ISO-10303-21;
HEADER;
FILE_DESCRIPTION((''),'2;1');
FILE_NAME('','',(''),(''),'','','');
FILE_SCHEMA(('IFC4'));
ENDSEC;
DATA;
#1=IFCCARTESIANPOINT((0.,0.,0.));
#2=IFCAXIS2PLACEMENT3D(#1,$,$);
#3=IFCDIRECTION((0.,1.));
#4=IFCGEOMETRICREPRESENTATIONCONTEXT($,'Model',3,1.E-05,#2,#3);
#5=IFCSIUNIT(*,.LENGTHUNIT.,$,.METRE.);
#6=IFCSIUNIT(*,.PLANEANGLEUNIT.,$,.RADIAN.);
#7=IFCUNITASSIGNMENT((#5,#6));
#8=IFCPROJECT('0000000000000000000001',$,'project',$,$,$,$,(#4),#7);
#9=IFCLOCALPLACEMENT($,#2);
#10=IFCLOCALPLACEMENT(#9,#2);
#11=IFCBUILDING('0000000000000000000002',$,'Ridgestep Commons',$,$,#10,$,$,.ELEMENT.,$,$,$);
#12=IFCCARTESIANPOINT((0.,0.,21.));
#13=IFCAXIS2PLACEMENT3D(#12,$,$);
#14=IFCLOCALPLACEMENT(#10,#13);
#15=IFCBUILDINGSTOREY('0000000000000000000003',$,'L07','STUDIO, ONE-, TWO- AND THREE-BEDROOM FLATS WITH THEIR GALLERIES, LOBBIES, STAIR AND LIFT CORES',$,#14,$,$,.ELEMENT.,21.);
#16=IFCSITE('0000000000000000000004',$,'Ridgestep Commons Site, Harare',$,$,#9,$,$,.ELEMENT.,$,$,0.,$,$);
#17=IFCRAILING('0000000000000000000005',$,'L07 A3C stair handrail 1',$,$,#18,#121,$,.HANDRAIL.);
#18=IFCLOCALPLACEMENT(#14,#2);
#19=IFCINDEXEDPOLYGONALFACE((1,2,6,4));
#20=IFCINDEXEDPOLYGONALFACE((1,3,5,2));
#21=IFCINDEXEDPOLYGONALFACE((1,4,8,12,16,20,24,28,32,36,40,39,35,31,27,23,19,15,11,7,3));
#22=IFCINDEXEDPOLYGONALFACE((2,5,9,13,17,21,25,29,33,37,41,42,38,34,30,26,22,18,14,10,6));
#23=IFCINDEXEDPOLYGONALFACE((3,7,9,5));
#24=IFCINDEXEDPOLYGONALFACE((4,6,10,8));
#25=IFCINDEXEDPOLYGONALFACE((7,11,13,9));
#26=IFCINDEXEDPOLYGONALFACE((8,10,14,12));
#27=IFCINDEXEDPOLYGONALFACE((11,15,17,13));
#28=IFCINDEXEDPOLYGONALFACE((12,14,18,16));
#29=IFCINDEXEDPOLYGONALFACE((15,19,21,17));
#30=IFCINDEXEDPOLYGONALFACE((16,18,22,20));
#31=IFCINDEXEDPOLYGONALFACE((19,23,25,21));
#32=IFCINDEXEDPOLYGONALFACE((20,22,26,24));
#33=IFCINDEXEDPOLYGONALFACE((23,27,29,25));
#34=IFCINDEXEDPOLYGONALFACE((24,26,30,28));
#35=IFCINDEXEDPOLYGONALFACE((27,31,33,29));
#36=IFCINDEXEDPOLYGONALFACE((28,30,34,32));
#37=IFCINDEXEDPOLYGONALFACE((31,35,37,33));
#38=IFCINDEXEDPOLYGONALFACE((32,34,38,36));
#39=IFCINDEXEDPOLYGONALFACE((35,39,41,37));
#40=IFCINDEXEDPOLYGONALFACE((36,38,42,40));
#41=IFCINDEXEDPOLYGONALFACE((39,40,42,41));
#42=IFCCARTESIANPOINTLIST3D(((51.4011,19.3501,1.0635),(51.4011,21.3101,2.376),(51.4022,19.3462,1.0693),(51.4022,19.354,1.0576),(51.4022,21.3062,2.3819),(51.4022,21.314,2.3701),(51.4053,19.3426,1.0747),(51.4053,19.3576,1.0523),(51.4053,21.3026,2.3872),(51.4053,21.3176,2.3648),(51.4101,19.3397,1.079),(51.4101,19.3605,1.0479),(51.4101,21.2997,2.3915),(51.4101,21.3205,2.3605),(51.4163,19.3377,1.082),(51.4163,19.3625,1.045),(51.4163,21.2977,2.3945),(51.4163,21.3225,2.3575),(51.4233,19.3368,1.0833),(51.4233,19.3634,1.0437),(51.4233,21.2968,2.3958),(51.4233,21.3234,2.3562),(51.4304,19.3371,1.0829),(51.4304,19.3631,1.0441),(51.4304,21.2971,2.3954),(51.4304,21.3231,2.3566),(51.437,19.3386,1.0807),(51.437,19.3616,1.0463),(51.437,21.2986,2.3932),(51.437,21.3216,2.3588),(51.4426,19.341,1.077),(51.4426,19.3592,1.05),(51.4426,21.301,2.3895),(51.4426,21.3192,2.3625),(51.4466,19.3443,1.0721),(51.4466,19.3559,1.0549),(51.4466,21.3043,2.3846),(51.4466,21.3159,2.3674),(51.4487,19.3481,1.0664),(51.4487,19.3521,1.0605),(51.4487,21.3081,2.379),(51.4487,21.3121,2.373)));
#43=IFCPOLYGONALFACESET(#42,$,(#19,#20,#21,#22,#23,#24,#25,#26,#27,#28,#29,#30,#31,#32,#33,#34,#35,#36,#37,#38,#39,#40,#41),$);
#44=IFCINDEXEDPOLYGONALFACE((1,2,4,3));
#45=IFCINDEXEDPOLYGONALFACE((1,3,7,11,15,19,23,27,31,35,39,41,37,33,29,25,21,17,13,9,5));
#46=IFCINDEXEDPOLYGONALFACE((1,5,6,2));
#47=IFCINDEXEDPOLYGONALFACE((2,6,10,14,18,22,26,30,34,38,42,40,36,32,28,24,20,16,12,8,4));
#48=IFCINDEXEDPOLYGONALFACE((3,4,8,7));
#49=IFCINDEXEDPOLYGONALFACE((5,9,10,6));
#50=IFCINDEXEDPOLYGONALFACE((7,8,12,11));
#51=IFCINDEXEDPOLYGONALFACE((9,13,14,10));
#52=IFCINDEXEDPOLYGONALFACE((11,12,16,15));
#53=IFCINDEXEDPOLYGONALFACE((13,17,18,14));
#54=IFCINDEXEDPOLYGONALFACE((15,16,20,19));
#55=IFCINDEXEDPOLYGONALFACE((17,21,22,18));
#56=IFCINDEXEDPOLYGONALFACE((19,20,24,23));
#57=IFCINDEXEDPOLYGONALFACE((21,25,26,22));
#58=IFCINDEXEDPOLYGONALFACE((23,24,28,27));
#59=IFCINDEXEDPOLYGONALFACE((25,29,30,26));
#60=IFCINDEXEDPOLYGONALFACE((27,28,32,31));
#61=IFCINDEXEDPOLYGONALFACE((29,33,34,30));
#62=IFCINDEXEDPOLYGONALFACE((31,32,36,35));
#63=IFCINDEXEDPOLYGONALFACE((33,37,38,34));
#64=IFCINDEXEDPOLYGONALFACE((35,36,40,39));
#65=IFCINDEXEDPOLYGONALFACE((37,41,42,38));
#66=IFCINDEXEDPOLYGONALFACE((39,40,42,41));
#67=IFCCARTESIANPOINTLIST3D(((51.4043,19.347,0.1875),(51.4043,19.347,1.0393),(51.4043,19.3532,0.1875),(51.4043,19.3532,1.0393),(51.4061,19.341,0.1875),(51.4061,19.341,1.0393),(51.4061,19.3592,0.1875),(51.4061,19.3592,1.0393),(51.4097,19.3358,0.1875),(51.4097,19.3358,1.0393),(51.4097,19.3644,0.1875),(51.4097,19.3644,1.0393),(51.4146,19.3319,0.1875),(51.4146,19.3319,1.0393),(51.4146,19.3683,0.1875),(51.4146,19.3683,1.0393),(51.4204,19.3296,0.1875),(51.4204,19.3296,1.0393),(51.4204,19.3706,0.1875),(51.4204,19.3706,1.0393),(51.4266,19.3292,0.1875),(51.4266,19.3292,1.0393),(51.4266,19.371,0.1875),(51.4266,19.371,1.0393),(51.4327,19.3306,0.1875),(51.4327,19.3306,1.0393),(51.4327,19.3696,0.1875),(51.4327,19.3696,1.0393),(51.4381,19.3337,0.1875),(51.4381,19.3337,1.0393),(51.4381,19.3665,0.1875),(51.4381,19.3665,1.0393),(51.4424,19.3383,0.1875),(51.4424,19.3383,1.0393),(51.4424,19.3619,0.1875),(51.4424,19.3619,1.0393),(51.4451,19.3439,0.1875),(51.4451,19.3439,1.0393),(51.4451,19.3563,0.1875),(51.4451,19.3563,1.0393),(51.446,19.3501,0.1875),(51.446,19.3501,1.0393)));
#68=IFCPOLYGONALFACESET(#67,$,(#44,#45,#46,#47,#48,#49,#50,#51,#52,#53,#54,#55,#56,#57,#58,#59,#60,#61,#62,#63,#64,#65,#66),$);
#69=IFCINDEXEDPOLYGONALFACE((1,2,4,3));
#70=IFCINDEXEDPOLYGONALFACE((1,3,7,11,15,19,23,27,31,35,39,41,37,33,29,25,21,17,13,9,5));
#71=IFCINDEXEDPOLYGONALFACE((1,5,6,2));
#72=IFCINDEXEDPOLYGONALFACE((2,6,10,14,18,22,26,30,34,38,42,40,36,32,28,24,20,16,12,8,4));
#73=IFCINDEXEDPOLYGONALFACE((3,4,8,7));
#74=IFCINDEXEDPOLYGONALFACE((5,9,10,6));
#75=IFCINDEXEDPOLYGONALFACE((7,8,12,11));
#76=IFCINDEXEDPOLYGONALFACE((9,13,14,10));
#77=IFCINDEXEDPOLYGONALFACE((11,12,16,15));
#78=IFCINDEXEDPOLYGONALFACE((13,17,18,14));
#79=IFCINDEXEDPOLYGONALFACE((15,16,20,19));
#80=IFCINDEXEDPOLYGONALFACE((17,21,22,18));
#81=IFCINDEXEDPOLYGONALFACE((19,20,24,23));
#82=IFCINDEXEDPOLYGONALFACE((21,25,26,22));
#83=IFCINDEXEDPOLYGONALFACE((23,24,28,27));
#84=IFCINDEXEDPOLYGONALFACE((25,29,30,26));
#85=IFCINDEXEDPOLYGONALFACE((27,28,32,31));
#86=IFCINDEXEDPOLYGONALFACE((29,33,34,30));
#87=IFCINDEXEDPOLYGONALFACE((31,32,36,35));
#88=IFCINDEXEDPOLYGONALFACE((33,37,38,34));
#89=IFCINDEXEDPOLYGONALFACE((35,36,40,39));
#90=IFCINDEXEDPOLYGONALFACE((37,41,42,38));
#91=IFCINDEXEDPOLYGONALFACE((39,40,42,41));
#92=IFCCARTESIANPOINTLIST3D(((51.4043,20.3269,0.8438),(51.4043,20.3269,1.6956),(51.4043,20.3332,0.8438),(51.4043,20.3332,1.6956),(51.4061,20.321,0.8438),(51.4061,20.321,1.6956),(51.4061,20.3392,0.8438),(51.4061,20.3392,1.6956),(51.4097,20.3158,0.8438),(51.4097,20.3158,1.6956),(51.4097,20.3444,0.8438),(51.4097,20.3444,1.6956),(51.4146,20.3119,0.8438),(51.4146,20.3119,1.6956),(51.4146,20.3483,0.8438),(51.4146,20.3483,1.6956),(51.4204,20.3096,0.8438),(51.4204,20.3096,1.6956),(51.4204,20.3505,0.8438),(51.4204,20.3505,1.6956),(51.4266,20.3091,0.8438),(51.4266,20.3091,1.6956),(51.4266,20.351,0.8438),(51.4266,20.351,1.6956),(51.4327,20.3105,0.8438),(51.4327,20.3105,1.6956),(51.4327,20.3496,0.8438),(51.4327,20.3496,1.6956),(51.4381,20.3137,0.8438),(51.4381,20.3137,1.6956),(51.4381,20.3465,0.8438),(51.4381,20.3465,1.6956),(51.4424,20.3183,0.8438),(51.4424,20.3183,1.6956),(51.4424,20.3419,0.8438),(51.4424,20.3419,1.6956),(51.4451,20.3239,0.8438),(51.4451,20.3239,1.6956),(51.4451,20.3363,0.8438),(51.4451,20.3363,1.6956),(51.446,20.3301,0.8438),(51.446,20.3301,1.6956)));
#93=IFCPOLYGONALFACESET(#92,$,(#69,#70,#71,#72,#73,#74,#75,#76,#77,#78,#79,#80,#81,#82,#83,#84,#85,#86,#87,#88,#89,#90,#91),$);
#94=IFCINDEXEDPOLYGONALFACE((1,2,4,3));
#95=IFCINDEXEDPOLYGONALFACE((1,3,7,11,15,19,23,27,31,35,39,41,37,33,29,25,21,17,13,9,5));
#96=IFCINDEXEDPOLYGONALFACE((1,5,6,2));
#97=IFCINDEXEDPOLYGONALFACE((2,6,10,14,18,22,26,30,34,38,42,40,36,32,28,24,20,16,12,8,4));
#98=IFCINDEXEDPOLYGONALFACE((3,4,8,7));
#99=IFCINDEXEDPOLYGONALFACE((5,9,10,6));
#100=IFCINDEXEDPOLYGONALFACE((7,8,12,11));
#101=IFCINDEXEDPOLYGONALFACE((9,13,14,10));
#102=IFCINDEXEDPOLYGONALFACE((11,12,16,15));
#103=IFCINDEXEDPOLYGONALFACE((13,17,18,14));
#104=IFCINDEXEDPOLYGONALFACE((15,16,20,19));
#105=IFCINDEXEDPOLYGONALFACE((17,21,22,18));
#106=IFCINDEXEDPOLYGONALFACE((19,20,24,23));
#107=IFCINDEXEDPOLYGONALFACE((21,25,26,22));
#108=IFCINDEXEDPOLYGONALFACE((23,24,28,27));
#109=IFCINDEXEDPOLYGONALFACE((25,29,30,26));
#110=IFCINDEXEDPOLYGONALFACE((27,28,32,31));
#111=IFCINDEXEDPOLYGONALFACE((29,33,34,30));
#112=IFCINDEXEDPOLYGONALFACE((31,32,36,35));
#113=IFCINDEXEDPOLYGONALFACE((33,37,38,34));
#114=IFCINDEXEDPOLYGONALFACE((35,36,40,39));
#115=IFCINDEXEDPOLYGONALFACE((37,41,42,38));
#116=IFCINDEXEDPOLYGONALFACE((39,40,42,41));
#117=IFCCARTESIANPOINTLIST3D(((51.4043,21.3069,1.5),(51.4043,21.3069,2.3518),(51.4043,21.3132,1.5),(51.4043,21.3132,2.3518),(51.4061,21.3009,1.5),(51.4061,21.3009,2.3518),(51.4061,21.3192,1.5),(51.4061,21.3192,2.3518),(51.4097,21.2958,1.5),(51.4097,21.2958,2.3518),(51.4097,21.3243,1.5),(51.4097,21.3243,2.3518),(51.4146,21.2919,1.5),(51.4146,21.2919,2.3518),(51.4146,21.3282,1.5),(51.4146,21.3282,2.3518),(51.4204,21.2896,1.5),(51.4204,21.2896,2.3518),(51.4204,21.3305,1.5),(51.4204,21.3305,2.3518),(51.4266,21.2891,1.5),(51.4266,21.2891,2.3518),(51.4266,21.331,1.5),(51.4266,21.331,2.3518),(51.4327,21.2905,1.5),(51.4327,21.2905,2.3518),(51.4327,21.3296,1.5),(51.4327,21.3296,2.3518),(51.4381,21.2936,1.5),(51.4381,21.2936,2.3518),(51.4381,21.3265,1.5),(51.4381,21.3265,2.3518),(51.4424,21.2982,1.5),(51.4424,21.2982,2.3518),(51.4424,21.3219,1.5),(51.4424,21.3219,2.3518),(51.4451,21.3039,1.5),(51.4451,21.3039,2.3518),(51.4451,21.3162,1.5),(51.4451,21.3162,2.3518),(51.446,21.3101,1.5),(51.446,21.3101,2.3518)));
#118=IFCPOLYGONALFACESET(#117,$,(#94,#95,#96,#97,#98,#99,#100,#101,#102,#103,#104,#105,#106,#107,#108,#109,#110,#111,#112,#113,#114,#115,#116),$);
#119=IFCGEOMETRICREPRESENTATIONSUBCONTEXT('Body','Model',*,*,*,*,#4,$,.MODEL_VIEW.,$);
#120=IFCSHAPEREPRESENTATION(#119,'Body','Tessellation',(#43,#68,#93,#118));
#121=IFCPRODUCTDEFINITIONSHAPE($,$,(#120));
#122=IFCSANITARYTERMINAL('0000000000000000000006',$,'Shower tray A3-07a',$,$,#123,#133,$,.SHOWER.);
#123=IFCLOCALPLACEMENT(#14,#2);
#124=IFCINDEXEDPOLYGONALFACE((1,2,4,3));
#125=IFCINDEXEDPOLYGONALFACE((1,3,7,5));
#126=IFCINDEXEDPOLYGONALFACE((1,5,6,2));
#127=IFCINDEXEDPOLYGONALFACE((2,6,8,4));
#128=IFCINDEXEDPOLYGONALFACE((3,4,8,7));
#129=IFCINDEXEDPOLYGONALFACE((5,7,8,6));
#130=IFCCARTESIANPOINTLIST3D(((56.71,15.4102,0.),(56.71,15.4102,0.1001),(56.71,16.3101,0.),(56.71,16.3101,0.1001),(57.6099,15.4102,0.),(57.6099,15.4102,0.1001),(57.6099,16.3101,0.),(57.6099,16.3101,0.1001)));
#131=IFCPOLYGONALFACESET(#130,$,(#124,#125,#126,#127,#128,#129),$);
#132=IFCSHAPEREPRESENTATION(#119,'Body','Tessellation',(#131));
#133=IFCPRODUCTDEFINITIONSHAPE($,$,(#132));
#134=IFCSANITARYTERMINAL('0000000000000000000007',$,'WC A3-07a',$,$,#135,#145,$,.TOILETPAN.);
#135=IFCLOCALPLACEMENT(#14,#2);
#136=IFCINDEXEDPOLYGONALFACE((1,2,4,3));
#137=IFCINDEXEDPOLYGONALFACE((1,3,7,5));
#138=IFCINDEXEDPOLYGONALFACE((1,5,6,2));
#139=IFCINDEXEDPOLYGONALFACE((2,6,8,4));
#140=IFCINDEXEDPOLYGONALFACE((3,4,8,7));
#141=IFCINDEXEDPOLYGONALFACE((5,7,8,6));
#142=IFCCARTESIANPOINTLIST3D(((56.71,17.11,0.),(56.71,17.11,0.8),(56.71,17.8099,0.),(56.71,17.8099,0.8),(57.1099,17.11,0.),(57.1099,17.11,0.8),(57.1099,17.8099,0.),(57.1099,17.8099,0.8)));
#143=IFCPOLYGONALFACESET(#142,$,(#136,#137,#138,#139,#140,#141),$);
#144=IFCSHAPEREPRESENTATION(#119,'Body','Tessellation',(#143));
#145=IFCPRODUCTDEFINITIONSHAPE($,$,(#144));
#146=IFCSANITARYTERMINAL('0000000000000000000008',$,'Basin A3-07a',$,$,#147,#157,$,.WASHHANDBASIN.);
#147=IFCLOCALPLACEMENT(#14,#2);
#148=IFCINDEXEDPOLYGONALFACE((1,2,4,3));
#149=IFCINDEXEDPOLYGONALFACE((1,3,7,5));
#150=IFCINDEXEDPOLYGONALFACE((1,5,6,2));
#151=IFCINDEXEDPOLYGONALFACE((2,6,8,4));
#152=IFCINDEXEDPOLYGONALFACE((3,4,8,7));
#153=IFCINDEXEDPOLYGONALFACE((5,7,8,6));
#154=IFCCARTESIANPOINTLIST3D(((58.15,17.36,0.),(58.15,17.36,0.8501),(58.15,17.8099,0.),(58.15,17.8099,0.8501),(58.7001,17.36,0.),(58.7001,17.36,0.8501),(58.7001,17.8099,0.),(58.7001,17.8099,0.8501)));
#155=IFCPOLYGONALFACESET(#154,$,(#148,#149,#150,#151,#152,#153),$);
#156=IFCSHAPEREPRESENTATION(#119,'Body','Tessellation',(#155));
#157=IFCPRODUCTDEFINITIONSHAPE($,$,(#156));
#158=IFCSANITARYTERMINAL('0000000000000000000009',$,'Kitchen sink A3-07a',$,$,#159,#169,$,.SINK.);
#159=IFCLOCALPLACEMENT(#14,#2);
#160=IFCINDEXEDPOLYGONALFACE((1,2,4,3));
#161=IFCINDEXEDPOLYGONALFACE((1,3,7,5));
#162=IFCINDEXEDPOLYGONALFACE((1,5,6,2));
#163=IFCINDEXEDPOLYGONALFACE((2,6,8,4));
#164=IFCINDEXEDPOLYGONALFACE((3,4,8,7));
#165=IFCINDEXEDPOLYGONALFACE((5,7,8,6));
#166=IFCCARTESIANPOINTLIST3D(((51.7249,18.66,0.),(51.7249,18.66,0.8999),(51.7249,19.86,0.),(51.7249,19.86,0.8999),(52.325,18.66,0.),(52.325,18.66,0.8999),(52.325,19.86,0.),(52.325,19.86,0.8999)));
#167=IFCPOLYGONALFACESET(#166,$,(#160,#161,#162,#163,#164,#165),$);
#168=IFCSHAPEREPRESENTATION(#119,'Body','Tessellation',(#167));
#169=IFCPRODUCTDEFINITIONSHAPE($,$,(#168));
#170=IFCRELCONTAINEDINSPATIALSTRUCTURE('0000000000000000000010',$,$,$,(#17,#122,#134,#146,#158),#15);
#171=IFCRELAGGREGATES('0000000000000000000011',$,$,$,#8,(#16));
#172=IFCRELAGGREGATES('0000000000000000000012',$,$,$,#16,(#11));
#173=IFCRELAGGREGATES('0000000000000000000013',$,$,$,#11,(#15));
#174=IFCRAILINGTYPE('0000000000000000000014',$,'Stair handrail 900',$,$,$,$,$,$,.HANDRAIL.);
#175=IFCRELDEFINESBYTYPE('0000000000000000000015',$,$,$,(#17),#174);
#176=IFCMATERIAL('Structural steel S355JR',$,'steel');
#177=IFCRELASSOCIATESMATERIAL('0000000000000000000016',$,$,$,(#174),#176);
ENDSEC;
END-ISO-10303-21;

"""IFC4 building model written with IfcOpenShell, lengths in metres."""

from ifc_helpers import new_model, si_unit, direction, frame, origin, origin_2d, place, context, subcontext, project, spatial, rectangle, circle, extrude, material, type_object, element, save


model = new_model("IFC4")

# Units and contexts
model_context = context("Model", 3, precision=1e-05, world=origin(), true_north=direction((0.0, 1.0)))
body_context = subcontext(model_context, "Body", "Model", "MODEL_VIEW")
ifc_project = project(units=[si_unit("LENGTHUNIT", "METRE"), si_unit("PLANEANGLEUNIT", "RADIAN")], contexts=[model_context])

# Site, building, storey
site_placement = place(None, origin())
site = spatial("IfcSite", under=ifc_project, at=site_placement, Name="Ridgestep Commons Site, Harare", CompositionType="ELEMENT", RefElevation=0.0)
building_placement = place(site_placement, origin())
building = spatial("IfcBuilding", under=site, at=building_placement, Name="Ridgestep Commons", CompositionType="ELEMENT")
storey_placement = place(building_placement, frame((0.0, 0.0, 21.0)))
storey = spatial("IfcBuildingStorey", under=building, at=storey_placement, Name="L07", Description="STUDIO, ONE-, TWO- AND THREE-BEDROOM FLATS WITH THEIR GALLERIES, LOBBIES, STAIR AND LIFT CORES", CompositionType="ELEMENT", Elevation=21.0)

# Railing
ifc_material_1 = material(Name="Structural steel S355JR", Category="steel")
railing_type = type_object("IfcRailingType", Name="Stair handrail 900", PredefinedType="HANDRAIL", material=ifc_material_1)
railing_placement = place(storey_placement, frame((51.425, 19.3501, 0.1875)))
element("IfcRailing", 1, at=railing_placement, inside=storey, type_object=railing_type, Name="L07 A3C stair handrail 1", PredefinedType="HANDRAIL", context=body_context, shape_type="SweptSolid", body=[
    extrude(circle(Radius=0.0239, at=origin_2d()), frame((0.0, 0.0, 0.876), z_axis=(0.0, 0.830902, 0.556419), x_axis=(-1.0, 0.0, 0.0)), (0.0, 0.0, 1.0), 2.3589),
    extrude(circle(Radius=0.021, at=origin_2d()), origin(), (0.0, 0.0, 1.0), 0.8518),
    extrude(circle(Radius=0.021, at=origin_2d()), frame((0.0, 0.98, 0.6562)), (0.0, 0.0, 1.0), 0.8518),
    extrude(circle(Radius=0.021, at=origin_2d()), frame((0.0, 1.96, 1.3125)), (0.0, 0.0, 1.0), 0.8518),
])

# Sanitary terminals
sanitary_terminal_1_placement = place(storey_placement, frame((57.1599, 15.8601, 0.0), z_axis=(0.0, 0.0, 1.0), x_axis=(1.0, 0.0, 0.0)))
element("IfcSanitaryTerminal", 2, at=sanitary_terminal_1_placement, inside=storey, Name="Shower tray A3-07a", PredefinedType="SHOWER", context=body_context, shape_type="SweptSolid", body=[
    extrude(rectangle(XDim=0.8999, YDim=0.8999, at=origin_2d()), origin(), (0.0, 0.0, 1.0), 0.1001),
])
sanitary_terminal_2_placement = place(storey_placement, frame((56.9099, 17.46, 0.0), z_axis=(0.0, 0.0, 1.0), x_axis=(1.0, 0.0, 0.0)))
element("IfcSanitaryTerminal", 3, at=sanitary_terminal_2_placement, inside=storey, Name="WC A3-07a", PredefinedType="TOILETPAN", context=body_context, shape_type="SweptSolid", body=[
    extrude(rectangle(XDim=0.3999, YDim=0.7, at=origin_2d()), origin(), (0.0, 0.0, 1.0), 0.8),
])
sanitary_terminal_3_placement = place(storey_placement, frame((58.425, 17.585, 0.0), z_axis=(0.0, 0.0, 1.0), x_axis=(1.0, 0.0, 0.0)))
element("IfcSanitaryTerminal", 4, at=sanitary_terminal_3_placement, inside=storey, Name="Basin A3-07a", PredefinedType="WASHHANDBASIN", context=body_context, shape_type="SweptSolid", body=[
    extrude(rectangle(XDim=0.55, YDim=0.45, at=origin_2d()), origin(), (0.0, 0.0, 1.0), 0.8501),
])
sanitary_terminal_4_placement = place(storey_placement, frame((52.0249, 19.26, 0.0), z_axis=(0.0, 0.0, 1.0), x_axis=(1.0, 0.0, 0.0)))
element("IfcSanitaryTerminal", 5, at=sanitary_terminal_4_placement, inside=storey, Name="Kitchen sink A3-07a", PredefinedType="SINK", context=body_context, shape_type="SweptSolid", body=[
    extrude(rectangle(XDim=0.6001, YDim=1.2, at=origin_2d()), origin(), (0.0, 0.0, 1.0), 0.8999),
])

save(model, "model.ifc")
